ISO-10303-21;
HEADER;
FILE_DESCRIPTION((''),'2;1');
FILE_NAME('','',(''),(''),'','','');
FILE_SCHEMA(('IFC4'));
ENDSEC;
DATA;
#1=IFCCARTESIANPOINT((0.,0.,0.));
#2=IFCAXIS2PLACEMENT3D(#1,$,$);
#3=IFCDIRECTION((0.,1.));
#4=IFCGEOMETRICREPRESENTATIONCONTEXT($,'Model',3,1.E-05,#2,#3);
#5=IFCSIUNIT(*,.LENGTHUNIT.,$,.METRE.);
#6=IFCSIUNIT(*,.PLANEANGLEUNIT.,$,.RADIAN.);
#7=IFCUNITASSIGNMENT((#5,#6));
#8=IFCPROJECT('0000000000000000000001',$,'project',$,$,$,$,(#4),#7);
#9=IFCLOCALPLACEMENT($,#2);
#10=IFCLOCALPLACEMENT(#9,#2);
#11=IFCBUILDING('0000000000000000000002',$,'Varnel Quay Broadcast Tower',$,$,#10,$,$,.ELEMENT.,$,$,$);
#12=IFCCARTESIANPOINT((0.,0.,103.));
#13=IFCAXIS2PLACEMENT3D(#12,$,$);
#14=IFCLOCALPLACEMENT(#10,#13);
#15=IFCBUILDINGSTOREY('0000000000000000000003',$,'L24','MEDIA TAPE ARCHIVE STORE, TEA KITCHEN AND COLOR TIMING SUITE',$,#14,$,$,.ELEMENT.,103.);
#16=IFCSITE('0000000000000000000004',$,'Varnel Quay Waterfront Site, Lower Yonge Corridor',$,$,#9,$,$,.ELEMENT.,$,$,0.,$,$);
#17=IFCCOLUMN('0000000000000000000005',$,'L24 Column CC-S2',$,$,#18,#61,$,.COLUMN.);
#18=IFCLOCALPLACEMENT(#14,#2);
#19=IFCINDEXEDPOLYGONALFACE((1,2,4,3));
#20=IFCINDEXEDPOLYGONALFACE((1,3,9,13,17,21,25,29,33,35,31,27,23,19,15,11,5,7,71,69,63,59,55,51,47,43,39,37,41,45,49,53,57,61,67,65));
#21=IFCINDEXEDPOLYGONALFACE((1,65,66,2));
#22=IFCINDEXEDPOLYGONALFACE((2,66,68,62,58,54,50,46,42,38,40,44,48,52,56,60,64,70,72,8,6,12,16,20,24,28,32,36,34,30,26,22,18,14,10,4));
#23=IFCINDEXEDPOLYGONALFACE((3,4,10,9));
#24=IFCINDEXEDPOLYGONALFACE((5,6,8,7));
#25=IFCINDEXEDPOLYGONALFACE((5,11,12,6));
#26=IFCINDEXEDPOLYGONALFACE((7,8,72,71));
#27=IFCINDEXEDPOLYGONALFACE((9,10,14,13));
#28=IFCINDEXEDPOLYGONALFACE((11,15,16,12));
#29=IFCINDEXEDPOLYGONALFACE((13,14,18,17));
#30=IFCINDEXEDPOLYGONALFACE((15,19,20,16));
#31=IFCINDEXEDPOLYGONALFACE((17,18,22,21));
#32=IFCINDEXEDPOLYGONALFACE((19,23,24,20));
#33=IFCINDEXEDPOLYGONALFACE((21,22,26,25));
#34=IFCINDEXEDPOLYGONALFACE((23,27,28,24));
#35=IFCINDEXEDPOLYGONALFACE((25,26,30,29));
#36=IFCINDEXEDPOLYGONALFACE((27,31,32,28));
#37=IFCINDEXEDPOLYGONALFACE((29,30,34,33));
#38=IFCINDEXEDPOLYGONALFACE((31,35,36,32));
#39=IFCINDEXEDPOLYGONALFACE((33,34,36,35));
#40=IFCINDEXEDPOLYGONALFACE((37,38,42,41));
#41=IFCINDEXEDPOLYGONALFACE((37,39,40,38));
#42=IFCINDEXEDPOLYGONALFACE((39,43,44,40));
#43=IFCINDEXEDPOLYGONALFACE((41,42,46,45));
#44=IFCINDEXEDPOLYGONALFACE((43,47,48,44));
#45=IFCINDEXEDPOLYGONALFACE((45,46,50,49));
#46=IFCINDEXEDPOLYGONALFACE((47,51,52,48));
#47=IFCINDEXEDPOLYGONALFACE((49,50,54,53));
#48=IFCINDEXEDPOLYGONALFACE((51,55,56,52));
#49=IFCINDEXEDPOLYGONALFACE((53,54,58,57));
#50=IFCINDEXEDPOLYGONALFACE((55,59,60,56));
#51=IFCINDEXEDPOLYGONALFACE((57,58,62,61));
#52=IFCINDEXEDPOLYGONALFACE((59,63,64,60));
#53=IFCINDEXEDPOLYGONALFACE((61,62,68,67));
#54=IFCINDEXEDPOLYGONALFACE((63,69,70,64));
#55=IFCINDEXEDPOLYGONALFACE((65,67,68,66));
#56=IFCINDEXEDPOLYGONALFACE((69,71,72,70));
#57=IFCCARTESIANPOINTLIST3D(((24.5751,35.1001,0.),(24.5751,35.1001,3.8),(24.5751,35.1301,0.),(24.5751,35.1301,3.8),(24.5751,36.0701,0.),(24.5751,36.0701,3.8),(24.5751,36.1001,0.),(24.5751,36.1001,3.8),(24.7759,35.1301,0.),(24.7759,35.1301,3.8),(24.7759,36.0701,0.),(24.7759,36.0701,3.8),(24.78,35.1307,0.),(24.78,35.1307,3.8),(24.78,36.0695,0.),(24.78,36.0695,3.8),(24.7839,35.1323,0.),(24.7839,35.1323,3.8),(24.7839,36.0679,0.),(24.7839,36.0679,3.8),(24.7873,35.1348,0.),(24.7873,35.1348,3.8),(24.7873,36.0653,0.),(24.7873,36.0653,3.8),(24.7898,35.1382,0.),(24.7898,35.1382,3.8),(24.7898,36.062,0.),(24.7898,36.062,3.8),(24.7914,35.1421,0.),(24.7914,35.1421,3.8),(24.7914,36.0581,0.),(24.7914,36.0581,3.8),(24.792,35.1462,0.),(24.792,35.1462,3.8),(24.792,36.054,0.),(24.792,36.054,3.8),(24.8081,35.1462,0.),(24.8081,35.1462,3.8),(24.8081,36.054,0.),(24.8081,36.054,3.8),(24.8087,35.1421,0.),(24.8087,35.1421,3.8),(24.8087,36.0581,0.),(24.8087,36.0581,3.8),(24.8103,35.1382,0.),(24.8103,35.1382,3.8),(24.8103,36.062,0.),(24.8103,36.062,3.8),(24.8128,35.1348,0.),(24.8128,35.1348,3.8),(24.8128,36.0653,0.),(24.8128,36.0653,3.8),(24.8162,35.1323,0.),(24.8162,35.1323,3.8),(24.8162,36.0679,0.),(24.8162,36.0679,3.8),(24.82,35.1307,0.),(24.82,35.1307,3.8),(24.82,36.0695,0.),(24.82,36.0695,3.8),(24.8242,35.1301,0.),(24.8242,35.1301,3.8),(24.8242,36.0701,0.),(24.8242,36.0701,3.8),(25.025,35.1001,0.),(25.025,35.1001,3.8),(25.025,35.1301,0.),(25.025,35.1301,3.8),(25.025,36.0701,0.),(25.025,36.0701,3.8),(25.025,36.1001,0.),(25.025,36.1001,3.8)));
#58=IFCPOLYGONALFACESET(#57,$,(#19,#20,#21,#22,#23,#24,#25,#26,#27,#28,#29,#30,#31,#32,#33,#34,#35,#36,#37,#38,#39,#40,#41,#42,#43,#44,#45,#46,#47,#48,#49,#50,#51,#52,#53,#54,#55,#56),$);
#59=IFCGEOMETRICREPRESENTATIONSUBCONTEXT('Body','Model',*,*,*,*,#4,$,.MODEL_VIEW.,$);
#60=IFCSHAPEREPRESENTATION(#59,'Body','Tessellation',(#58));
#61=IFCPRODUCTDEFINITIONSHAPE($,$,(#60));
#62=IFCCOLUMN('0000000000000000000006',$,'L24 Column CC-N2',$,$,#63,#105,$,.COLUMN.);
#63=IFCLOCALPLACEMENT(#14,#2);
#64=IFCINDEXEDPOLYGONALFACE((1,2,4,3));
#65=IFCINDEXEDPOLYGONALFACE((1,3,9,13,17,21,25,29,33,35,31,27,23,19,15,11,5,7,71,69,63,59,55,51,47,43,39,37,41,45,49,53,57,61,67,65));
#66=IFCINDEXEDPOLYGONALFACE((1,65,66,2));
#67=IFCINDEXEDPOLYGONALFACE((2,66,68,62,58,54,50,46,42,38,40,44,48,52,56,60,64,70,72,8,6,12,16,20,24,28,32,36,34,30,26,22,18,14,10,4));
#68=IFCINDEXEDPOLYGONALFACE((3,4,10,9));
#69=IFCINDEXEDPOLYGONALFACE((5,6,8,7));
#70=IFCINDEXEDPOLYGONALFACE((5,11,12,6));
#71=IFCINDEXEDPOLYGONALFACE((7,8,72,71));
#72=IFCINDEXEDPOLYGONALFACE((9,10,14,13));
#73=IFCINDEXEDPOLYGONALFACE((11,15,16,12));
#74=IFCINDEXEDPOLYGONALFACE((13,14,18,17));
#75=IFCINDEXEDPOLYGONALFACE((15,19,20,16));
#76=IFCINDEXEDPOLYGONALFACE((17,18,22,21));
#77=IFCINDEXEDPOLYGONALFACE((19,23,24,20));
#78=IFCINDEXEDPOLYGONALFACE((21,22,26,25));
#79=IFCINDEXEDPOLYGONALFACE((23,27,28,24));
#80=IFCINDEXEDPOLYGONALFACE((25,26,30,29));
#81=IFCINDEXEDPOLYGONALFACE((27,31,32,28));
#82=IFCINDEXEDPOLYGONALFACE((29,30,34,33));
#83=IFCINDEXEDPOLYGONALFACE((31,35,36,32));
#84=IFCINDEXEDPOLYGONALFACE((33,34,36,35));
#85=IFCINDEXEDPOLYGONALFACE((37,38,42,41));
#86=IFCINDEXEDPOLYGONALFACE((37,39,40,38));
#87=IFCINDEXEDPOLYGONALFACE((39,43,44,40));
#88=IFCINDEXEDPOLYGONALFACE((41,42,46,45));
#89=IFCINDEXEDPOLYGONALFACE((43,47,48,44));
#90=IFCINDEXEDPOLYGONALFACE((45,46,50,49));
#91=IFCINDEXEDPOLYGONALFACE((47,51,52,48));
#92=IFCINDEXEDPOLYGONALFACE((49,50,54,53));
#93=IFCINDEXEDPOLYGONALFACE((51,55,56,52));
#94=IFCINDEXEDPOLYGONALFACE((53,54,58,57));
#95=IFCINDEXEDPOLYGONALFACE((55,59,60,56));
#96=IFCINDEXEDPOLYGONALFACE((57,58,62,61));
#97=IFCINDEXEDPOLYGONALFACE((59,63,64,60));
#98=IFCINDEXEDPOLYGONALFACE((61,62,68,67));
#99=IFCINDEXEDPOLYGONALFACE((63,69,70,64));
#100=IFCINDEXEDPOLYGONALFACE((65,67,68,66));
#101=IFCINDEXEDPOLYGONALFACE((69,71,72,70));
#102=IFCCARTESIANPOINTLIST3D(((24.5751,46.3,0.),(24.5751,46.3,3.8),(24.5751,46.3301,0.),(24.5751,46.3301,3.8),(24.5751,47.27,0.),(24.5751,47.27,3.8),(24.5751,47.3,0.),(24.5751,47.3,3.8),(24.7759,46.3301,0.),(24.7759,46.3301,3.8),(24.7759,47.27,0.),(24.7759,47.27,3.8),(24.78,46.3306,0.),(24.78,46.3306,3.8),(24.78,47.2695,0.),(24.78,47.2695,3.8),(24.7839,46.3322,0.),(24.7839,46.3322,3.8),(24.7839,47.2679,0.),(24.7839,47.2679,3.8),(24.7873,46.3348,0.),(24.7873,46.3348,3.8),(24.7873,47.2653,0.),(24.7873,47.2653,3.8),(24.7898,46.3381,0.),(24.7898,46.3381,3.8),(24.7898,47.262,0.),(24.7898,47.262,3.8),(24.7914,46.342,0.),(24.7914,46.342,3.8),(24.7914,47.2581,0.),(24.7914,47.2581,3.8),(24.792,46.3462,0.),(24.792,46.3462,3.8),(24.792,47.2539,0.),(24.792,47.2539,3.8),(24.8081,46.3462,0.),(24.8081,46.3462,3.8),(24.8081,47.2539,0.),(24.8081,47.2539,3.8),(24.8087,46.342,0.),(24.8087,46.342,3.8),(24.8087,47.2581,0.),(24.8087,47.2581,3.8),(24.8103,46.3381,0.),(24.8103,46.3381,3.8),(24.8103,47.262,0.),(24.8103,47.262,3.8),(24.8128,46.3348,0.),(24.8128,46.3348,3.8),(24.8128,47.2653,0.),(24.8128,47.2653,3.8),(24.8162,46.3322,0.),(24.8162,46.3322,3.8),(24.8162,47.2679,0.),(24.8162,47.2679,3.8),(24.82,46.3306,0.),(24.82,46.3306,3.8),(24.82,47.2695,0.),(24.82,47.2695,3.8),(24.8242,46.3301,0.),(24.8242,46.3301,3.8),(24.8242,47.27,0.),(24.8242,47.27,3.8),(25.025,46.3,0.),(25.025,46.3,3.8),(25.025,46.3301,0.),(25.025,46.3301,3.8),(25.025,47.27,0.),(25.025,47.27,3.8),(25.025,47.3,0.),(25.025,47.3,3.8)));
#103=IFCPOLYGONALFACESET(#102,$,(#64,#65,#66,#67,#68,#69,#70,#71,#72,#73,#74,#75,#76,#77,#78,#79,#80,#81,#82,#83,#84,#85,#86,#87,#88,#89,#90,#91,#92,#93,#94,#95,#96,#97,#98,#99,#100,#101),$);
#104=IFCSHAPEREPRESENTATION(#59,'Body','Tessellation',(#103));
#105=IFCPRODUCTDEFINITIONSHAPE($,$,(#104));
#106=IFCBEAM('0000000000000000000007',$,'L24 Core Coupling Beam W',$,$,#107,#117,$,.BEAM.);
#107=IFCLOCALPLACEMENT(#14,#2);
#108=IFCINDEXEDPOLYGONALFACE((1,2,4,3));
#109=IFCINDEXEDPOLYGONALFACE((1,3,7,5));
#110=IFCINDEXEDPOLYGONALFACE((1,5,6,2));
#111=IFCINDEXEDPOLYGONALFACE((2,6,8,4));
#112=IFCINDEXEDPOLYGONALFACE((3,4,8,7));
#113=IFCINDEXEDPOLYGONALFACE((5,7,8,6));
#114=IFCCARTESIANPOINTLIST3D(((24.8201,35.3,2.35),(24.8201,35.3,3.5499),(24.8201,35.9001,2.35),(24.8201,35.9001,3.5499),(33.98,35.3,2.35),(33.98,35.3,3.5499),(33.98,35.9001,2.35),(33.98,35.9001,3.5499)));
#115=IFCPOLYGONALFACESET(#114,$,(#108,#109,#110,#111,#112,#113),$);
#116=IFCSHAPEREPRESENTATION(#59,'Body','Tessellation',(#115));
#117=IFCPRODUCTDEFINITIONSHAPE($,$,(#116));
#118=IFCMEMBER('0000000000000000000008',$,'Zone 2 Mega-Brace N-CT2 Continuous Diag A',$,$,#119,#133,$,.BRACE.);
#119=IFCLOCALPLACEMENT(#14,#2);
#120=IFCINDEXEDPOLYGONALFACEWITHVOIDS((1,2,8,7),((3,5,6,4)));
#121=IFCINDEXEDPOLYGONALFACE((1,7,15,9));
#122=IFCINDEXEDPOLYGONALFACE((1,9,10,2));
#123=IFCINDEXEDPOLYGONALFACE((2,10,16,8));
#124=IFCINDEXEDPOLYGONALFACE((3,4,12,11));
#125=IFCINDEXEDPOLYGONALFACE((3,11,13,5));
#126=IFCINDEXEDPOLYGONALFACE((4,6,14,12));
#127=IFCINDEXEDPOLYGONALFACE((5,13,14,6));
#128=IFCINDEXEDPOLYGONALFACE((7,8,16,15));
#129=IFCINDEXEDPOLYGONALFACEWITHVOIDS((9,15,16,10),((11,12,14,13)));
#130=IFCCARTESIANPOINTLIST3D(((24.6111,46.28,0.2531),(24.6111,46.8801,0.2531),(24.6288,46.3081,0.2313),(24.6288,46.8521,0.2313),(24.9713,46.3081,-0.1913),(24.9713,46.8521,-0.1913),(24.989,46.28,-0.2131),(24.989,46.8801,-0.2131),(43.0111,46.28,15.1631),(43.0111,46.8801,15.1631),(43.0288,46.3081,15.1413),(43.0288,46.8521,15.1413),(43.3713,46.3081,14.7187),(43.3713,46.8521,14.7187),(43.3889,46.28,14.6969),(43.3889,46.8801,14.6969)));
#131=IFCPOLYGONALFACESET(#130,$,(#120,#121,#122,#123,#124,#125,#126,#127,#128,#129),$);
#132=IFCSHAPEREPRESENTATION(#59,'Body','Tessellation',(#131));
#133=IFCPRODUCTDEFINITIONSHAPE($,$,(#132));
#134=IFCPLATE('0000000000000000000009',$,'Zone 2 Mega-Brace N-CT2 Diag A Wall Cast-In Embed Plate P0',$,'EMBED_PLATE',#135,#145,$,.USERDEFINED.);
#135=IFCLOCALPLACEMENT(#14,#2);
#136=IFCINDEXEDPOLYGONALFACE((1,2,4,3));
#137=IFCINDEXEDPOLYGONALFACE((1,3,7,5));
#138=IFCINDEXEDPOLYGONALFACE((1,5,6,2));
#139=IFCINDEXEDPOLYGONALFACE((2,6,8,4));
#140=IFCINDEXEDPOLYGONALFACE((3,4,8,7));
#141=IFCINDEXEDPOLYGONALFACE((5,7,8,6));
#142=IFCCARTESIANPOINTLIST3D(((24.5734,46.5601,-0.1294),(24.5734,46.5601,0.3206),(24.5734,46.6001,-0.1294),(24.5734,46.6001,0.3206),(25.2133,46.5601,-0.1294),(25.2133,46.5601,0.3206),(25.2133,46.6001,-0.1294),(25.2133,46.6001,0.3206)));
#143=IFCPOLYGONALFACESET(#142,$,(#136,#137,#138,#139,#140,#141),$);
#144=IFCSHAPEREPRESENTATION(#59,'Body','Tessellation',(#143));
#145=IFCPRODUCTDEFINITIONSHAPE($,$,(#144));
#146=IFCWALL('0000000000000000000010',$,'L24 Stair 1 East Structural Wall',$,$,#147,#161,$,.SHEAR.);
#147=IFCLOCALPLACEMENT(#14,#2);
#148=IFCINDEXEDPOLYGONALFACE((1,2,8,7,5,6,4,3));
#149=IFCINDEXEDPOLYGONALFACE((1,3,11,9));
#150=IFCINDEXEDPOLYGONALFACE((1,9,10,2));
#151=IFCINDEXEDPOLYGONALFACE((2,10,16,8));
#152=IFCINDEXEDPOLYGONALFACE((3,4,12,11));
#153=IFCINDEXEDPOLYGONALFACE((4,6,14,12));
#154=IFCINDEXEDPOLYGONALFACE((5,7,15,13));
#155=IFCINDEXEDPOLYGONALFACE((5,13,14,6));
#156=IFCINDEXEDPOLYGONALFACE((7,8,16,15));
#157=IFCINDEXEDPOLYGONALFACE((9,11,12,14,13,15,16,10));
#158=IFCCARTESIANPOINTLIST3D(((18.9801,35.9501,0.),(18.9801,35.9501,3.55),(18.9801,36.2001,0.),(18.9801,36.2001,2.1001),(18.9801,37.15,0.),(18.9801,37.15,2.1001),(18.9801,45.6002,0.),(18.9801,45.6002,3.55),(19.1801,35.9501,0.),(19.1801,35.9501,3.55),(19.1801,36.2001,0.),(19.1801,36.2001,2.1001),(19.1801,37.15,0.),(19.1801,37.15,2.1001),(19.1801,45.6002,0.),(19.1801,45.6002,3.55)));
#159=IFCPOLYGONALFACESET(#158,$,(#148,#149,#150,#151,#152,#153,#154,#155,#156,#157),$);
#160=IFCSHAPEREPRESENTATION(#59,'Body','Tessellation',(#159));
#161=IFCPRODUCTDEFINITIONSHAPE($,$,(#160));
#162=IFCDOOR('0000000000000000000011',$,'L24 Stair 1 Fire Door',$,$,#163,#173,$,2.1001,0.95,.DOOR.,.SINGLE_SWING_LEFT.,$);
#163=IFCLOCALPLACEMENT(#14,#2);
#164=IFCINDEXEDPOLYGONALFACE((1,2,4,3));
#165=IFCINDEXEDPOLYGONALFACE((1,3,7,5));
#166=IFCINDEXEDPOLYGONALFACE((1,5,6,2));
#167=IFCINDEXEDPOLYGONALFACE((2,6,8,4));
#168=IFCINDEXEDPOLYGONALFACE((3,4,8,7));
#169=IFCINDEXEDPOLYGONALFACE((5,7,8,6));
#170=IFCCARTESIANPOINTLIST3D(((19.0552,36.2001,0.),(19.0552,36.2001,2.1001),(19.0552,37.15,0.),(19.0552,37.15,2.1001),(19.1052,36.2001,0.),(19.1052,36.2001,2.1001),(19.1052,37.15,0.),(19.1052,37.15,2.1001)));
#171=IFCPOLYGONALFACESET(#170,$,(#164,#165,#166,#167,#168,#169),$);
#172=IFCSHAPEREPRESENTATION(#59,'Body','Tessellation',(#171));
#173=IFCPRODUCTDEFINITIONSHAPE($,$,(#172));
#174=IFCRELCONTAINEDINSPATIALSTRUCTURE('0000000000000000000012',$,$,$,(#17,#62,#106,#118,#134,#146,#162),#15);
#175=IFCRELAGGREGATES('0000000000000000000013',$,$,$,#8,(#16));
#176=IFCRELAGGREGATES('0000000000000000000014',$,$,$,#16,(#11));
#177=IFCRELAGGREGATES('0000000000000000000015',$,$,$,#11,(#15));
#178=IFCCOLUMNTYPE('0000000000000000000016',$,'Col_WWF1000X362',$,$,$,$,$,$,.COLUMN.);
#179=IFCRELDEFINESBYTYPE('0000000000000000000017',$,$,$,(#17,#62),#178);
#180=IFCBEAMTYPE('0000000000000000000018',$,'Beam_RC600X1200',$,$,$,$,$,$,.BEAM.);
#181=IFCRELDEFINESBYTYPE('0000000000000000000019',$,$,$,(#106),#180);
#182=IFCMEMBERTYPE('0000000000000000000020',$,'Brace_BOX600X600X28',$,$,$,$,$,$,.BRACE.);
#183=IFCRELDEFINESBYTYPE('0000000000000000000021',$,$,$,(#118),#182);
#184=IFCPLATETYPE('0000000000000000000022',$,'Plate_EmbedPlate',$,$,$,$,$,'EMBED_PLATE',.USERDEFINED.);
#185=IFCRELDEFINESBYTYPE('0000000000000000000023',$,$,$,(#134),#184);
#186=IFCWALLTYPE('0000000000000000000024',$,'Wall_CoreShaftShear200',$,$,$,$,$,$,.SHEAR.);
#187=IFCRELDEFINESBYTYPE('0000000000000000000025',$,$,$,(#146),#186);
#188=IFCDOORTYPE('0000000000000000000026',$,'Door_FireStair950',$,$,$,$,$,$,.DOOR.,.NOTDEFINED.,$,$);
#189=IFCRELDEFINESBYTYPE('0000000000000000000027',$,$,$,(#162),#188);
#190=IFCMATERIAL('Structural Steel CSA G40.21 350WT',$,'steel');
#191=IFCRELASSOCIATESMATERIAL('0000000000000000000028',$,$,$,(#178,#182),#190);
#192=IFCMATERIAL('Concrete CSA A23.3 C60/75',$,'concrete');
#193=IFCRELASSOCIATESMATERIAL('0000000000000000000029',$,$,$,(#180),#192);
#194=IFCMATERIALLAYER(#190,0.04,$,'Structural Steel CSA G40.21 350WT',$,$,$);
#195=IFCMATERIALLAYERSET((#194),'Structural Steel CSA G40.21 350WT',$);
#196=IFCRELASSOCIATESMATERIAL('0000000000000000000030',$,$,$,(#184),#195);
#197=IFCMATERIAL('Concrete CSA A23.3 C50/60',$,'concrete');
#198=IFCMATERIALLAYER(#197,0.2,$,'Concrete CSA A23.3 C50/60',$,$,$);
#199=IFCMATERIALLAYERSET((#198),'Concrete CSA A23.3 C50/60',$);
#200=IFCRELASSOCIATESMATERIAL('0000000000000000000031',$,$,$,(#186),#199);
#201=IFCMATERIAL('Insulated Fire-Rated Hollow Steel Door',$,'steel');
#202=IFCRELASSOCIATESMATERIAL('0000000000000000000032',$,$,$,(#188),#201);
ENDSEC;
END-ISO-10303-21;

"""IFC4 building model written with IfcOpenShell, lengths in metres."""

from ifc_helpers import new_model, si_unit, direction, frame, frame_2d, origin, origin_2d, place, context, subcontext, project, spatial, rectangle, hollow_rectangle, i_section, extrude, source, transform, mapped, material, layer, layer_set, material_profile, profile_set, type_object, type_shapes, element, fill, save


model = new_model("IFC4")

# Units and contexts
model_context = context("Model", 3, precision=1e-05, world=origin(), true_north=direction((0.0, 1.0)))
body_context = subcontext(model_context, "Body", "Model", "MODEL_VIEW")
ifc_project = project(units=[si_unit("LENGTHUNIT", "METRE"), si_unit("PLANEANGLEUNIT", "RADIAN")], contexts=[model_context])

# Site, building, storey
site_placement = place(None, origin())
site = spatial("IfcSite", under=ifc_project, at=site_placement, Name="Varnel Quay Waterfront Site, Lower Yonge Corridor", CompositionType="ELEMENT", RefElevation=0.0)
building_placement = place(site_placement, origin())
building = spatial("IfcBuilding", under=site, at=building_placement, Name="Varnel Quay Broadcast Tower", CompositionType="ELEMENT")
storey_placement = place(building_placement, frame((0.0, 0.0, 103.0)))
storey = spatial("IfcBuildingStorey", under=building, at=storey_placement, Name="L24", Description="MEDIA TAPE ARCHIVE STORE, TEA KITCHEN AND COLOR TIMING SUITE", CompositionType="ELEMENT", Elevation=103.0)

# Columns
ifc_material_1 = material(Name="Structural Steel CSA G40.21 350WT", Category="steel")
ifc_material_profile_1 = material_profile(ifc_material_1, i_section(OverallWidth=0.45, OverallDepth=1.0, WebThickness=0.0161, FlangeThickness=0.03, FilletRadius=0.0161, at=origin_2d()), Name="WWF1000X362")
ifc_profile_set_1 = profile_set([ifc_material_profile_1], Name="Structural Steel CSA G40.21 350WT")
column_type = type_object("IfcColumnType", Name="Col_WWF1000X362", PredefinedType="COLUMN", material=ifc_profile_set_1)
shared_shape_1 = source(origin(), body_context, "Body", "SweptSolid", [
    extrude(i_section(OverallWidth=0.45, OverallDepth=1.0, WebThickness=0.0161, FlangeThickness=0.03, FilletRadius=0.0161, at=origin_2d()), origin(), (0.0, 0.0, 1.0), 3.8),
])
type_shapes(column_type, [shared_shape_1])
for number, where, z_axis, x_axis, name in (
    (1, (24.8, 35.6001, 0.0), (0.0, 0.0, 1.0), (1.0, 0.0, 0.0), "L24 Column CC-S2"),
    (2, (24.8, 46.8, 0.0), (0.0, 0.0, 1.0), (1.0, 0.0, 0.0), "L24 Column CC-N2"),
):
    element("IfcColumn", number, at=place(storey_placement, frame(where, z_axis=z_axis, x_axis=x_axis)), inside=storey, type_object=column_type, Name=name, PredefinedType="COLUMN", context=body_context, shape_type="MappedRepresentation", body=[
        mapped(shared_shape_1, transform((0.0, 0.0, 0.0), x_axis=(1.0, 0.0, 0.0), y_axis=(0.0, 1.0, 0.0), z_axis=(0.0, 0.0, 1.0), scale=1.0)),
    ])

# Beam
ifc_material_2 = material(Name="Concrete CSA A23.3 C60/75", Category="concrete")
ifc_material_profile_2 = material_profile(ifc_material_2, rectangle(XDim=0.6001, YDim=1.2, at=origin_2d()), Name="RC600X1200")
ifc_profile_set_2 = profile_set([ifc_material_profile_2], Name="Concrete CSA A23.3 C60/75")
beam_type = type_object("IfcBeamType", Name="Beam_RC600X1200", PredefinedType="BEAM", material=ifc_profile_set_2)
shared_shape_2 = source(origin(), body_context, "Body", "SweptSolid", [
    extrude(rectangle(XDim=0.6001, YDim=1.2, at=origin_2d()), origin(), (0.0, 0.0, 1.0), 9.1599),
])
type_shapes(beam_type, [shared_shape_2])
beam_placement = place(storey_placement, frame((24.8201, 35.6001, 2.95), z_axis=(1.0, 0.0, 0.0), x_axis=(0.0, 1.0, 0.0)))
element("IfcBeam", 3, at=beam_placement, inside=storey, type_object=beam_type, Name="L24 Core Coupling Beam W", PredefinedType="BEAM", context=body_context, shape_type="MappedRepresentation", body=[
    mapped(shared_shape_2, transform((0.0, 0.0, 0.0), x_axis=(1.0, 0.0, 0.0), y_axis=(0.0, 1.0, 0.0), z_axis=(0.0, 0.0, 1.0), scale=1.0)),
])

# Member
ifc_material_profile_3 = material_profile(ifc_material_1, hollow_rectangle(XDim=0.6001, YDim=0.6001, WallThickness=0.0281, at=origin_2d()), Name="BOX600X600X28")
ifc_profile_set_3 = profile_set([ifc_material_profile_3], Name="Structural Steel CSA G40.21 350WT")
member_type = type_object("IfcMemberType", Name="Brace_BOX600X600X28", PredefinedType="BRACE", material=ifc_profile_set_3)
shared_shape_3 = source(origin(), body_context, "Body", "SweptSolid", [
    extrude(hollow_rectangle(XDim=0.6001, YDim=0.6001, WallThickness=0.0281, at=origin_2d()), origin(), (0.0, 0.0, 1.0), 23.6826),
])
type_shapes(member_type, [shared_shape_3])
member_placement = place(storey_placement, frame((24.8, 46.5801, 0.02), z_axis=(0.77694, 0.0, 0.629574), x_axis=(0.0, 1.0, 0.0)))
element("IfcMember", 4, at=member_placement, inside=storey, type_object=member_type, Name="Zone 2 Mega-Brace N-CT2 Continuous Diag A", PredefinedType="BRACE", context=body_context, shape_type="MappedRepresentation", body=[
    mapped(shared_shape_3, transform((0.0, 0.0, 0.0), x_axis=(1.0, 0.0, 0.0), y_axis=(0.0, 1.0, 0.0), z_axis=(0.0, 0.0, 1.0), scale=1.0)),
])

# Plate
ifc_layer_1 = layer(ifc_material_1, 0.04, Name="Structural Steel CSA G40.21 350WT")
ifc_layer_set_1 = layer_set([ifc_layer_1], Name="Structural Steel CSA G40.21 350WT")
plate_type = type_object("IfcPlateType", Name="Plate_EmbedPlate", ElementType="EMBED_PLATE", PredefinedType="USERDEFINED", material=ifc_layer_set_1)
shared_shape_4 = source(origin(), body_context, "Body", "SweptSolid", [
    extrude(rectangle(XDim=0.6399, YDim=0.04, at=origin_2d()), origin(), (0.0, 0.0, 1.0), 0.45),
])
type_shapes(plate_type, [shared_shape_4])
plate_placement = place(storey_placement, frame((24.8933, 46.5801, -0.1294), z_axis=(0.0, 0.0, 1.0), x_axis=(1.0, 0.0, 0.0)))
element("IfcPlate", 5, at=plate_placement, inside=storey, type_object=plate_type, Name="Zone 2 Mega-Brace N-CT2 Diag A Wall Cast-In Embed Plate P0", ObjectType="EMBED_PLATE", PredefinedType="USERDEFINED", context=body_context, shape_type="MappedRepresentation", body=[
    mapped(shared_shape_4, transform((0.0, 0.0, 0.0), x_axis=(1.0, 0.0, 0.0), y_axis=(0.0, 1.0, 0.0), z_axis=(0.0, 0.0, 1.0), scale=1.0)),
])

# Wall, opening, door
ifc_material_3 = material(Name="Concrete CSA A23.3 C50/60", Category="concrete")
ifc_layer_2 = layer(ifc_material_3, 0.2, Name="Concrete CSA A23.3 C50/60")
ifc_layer_set_2 = layer_set([ifc_layer_2], Name="Concrete CSA A23.3 C50/60")
wall_type_1 = type_object("IfcWallType", Name="Wall_CoreShaftShear200", PredefinedType="SHEAR", material=ifc_layer_set_2)
wall_1_placement = place(storey_placement, frame((19.0801, 35.95, 0.0), z_axis=(0.0, 0.0, 1.0), x_axis=(0.0, 1.0, 0.0)))
wall_1 = element("IfcWall", 6, at=wall_1_placement, inside=storey, type_object=wall_type_1, Name="L24 Stair 1 East Structural Wall", PredefinedType="SHEAR", context=body_context, shape_type="SweptSolid", body=[
    extrude(rectangle(XDim=9.6501, YDim=0.2, at=frame_2d((4.8252, 0.0))), origin(), (0.0, 0.0, 1.0), 3.55),
])
opening_1_placement = place(wall_1_placement, frame((0.25, 0.0, 0.0)))
opening_1 = element("IfcOpeningElement", 7, at=opening_1_placement, cuts=wall_1, PredefinedType="OPENING", context=body_context, shape_type="SweptSolid", body=[
    extrude(rectangle(XDim=0.95, YDim=2.1001, at=frame_2d((0.4751, 1.05))), frame((0.0, 0.1099, 0.0), z_axis=(0.0, -1.0, 0.0), x_axis=(1.0, 0.0, 0.0)), (0.0, 0.0, 1.0), 0.22),
])
ifc_material_4 = material(Name="Insulated Fire-Rated Hollow Steel Door", Category="steel")
door_type_1 = type_object("IfcDoorType", Name="Door_FireStair950", OperationType="NOTDEFINED", PredefinedType="DOOR", material=ifc_material_4)
shared_shape_5 = source(origin(), body_context, "Body", "SweptSolid", [
    extrude(rectangle(XDim=0.95, YDim=2.1001, at=frame_2d((0.4751, 1.05))), frame((0.0, 0.0249, 0.0), z_axis=(0.0, -1.0, 0.0), x_axis=(1.0, 0.0, 0.0)), (0.0, 0.0, 1.0), 0.05),
])
type_shapes(door_type_1, [shared_shape_5])
door_1_placement = place(opening_1_placement, origin())
door_1 = element("IfcDoor", 8, at=door_1_placement, inside=storey, type_object=door_type_1, Name="L24 Stair 1 Fire Door", OperationType="SINGLE_SWING_LEFT", OverallHeight=2.1001, OverallWidth=0.95, PredefinedType="DOOR", context=body_context, shape_type="MappedRepresentation", body=[
    mapped(shared_shape_5, transform((0.0, 0.0, 0.0), x_axis=(1.0, 0.0, 0.0), y_axis=(0.0, 1.0, 0.0), z_axis=(0.0, 0.0, 1.0), scale=1.0)),
])
fill(opening_1, door_1)

save(model, "model.ifc")
